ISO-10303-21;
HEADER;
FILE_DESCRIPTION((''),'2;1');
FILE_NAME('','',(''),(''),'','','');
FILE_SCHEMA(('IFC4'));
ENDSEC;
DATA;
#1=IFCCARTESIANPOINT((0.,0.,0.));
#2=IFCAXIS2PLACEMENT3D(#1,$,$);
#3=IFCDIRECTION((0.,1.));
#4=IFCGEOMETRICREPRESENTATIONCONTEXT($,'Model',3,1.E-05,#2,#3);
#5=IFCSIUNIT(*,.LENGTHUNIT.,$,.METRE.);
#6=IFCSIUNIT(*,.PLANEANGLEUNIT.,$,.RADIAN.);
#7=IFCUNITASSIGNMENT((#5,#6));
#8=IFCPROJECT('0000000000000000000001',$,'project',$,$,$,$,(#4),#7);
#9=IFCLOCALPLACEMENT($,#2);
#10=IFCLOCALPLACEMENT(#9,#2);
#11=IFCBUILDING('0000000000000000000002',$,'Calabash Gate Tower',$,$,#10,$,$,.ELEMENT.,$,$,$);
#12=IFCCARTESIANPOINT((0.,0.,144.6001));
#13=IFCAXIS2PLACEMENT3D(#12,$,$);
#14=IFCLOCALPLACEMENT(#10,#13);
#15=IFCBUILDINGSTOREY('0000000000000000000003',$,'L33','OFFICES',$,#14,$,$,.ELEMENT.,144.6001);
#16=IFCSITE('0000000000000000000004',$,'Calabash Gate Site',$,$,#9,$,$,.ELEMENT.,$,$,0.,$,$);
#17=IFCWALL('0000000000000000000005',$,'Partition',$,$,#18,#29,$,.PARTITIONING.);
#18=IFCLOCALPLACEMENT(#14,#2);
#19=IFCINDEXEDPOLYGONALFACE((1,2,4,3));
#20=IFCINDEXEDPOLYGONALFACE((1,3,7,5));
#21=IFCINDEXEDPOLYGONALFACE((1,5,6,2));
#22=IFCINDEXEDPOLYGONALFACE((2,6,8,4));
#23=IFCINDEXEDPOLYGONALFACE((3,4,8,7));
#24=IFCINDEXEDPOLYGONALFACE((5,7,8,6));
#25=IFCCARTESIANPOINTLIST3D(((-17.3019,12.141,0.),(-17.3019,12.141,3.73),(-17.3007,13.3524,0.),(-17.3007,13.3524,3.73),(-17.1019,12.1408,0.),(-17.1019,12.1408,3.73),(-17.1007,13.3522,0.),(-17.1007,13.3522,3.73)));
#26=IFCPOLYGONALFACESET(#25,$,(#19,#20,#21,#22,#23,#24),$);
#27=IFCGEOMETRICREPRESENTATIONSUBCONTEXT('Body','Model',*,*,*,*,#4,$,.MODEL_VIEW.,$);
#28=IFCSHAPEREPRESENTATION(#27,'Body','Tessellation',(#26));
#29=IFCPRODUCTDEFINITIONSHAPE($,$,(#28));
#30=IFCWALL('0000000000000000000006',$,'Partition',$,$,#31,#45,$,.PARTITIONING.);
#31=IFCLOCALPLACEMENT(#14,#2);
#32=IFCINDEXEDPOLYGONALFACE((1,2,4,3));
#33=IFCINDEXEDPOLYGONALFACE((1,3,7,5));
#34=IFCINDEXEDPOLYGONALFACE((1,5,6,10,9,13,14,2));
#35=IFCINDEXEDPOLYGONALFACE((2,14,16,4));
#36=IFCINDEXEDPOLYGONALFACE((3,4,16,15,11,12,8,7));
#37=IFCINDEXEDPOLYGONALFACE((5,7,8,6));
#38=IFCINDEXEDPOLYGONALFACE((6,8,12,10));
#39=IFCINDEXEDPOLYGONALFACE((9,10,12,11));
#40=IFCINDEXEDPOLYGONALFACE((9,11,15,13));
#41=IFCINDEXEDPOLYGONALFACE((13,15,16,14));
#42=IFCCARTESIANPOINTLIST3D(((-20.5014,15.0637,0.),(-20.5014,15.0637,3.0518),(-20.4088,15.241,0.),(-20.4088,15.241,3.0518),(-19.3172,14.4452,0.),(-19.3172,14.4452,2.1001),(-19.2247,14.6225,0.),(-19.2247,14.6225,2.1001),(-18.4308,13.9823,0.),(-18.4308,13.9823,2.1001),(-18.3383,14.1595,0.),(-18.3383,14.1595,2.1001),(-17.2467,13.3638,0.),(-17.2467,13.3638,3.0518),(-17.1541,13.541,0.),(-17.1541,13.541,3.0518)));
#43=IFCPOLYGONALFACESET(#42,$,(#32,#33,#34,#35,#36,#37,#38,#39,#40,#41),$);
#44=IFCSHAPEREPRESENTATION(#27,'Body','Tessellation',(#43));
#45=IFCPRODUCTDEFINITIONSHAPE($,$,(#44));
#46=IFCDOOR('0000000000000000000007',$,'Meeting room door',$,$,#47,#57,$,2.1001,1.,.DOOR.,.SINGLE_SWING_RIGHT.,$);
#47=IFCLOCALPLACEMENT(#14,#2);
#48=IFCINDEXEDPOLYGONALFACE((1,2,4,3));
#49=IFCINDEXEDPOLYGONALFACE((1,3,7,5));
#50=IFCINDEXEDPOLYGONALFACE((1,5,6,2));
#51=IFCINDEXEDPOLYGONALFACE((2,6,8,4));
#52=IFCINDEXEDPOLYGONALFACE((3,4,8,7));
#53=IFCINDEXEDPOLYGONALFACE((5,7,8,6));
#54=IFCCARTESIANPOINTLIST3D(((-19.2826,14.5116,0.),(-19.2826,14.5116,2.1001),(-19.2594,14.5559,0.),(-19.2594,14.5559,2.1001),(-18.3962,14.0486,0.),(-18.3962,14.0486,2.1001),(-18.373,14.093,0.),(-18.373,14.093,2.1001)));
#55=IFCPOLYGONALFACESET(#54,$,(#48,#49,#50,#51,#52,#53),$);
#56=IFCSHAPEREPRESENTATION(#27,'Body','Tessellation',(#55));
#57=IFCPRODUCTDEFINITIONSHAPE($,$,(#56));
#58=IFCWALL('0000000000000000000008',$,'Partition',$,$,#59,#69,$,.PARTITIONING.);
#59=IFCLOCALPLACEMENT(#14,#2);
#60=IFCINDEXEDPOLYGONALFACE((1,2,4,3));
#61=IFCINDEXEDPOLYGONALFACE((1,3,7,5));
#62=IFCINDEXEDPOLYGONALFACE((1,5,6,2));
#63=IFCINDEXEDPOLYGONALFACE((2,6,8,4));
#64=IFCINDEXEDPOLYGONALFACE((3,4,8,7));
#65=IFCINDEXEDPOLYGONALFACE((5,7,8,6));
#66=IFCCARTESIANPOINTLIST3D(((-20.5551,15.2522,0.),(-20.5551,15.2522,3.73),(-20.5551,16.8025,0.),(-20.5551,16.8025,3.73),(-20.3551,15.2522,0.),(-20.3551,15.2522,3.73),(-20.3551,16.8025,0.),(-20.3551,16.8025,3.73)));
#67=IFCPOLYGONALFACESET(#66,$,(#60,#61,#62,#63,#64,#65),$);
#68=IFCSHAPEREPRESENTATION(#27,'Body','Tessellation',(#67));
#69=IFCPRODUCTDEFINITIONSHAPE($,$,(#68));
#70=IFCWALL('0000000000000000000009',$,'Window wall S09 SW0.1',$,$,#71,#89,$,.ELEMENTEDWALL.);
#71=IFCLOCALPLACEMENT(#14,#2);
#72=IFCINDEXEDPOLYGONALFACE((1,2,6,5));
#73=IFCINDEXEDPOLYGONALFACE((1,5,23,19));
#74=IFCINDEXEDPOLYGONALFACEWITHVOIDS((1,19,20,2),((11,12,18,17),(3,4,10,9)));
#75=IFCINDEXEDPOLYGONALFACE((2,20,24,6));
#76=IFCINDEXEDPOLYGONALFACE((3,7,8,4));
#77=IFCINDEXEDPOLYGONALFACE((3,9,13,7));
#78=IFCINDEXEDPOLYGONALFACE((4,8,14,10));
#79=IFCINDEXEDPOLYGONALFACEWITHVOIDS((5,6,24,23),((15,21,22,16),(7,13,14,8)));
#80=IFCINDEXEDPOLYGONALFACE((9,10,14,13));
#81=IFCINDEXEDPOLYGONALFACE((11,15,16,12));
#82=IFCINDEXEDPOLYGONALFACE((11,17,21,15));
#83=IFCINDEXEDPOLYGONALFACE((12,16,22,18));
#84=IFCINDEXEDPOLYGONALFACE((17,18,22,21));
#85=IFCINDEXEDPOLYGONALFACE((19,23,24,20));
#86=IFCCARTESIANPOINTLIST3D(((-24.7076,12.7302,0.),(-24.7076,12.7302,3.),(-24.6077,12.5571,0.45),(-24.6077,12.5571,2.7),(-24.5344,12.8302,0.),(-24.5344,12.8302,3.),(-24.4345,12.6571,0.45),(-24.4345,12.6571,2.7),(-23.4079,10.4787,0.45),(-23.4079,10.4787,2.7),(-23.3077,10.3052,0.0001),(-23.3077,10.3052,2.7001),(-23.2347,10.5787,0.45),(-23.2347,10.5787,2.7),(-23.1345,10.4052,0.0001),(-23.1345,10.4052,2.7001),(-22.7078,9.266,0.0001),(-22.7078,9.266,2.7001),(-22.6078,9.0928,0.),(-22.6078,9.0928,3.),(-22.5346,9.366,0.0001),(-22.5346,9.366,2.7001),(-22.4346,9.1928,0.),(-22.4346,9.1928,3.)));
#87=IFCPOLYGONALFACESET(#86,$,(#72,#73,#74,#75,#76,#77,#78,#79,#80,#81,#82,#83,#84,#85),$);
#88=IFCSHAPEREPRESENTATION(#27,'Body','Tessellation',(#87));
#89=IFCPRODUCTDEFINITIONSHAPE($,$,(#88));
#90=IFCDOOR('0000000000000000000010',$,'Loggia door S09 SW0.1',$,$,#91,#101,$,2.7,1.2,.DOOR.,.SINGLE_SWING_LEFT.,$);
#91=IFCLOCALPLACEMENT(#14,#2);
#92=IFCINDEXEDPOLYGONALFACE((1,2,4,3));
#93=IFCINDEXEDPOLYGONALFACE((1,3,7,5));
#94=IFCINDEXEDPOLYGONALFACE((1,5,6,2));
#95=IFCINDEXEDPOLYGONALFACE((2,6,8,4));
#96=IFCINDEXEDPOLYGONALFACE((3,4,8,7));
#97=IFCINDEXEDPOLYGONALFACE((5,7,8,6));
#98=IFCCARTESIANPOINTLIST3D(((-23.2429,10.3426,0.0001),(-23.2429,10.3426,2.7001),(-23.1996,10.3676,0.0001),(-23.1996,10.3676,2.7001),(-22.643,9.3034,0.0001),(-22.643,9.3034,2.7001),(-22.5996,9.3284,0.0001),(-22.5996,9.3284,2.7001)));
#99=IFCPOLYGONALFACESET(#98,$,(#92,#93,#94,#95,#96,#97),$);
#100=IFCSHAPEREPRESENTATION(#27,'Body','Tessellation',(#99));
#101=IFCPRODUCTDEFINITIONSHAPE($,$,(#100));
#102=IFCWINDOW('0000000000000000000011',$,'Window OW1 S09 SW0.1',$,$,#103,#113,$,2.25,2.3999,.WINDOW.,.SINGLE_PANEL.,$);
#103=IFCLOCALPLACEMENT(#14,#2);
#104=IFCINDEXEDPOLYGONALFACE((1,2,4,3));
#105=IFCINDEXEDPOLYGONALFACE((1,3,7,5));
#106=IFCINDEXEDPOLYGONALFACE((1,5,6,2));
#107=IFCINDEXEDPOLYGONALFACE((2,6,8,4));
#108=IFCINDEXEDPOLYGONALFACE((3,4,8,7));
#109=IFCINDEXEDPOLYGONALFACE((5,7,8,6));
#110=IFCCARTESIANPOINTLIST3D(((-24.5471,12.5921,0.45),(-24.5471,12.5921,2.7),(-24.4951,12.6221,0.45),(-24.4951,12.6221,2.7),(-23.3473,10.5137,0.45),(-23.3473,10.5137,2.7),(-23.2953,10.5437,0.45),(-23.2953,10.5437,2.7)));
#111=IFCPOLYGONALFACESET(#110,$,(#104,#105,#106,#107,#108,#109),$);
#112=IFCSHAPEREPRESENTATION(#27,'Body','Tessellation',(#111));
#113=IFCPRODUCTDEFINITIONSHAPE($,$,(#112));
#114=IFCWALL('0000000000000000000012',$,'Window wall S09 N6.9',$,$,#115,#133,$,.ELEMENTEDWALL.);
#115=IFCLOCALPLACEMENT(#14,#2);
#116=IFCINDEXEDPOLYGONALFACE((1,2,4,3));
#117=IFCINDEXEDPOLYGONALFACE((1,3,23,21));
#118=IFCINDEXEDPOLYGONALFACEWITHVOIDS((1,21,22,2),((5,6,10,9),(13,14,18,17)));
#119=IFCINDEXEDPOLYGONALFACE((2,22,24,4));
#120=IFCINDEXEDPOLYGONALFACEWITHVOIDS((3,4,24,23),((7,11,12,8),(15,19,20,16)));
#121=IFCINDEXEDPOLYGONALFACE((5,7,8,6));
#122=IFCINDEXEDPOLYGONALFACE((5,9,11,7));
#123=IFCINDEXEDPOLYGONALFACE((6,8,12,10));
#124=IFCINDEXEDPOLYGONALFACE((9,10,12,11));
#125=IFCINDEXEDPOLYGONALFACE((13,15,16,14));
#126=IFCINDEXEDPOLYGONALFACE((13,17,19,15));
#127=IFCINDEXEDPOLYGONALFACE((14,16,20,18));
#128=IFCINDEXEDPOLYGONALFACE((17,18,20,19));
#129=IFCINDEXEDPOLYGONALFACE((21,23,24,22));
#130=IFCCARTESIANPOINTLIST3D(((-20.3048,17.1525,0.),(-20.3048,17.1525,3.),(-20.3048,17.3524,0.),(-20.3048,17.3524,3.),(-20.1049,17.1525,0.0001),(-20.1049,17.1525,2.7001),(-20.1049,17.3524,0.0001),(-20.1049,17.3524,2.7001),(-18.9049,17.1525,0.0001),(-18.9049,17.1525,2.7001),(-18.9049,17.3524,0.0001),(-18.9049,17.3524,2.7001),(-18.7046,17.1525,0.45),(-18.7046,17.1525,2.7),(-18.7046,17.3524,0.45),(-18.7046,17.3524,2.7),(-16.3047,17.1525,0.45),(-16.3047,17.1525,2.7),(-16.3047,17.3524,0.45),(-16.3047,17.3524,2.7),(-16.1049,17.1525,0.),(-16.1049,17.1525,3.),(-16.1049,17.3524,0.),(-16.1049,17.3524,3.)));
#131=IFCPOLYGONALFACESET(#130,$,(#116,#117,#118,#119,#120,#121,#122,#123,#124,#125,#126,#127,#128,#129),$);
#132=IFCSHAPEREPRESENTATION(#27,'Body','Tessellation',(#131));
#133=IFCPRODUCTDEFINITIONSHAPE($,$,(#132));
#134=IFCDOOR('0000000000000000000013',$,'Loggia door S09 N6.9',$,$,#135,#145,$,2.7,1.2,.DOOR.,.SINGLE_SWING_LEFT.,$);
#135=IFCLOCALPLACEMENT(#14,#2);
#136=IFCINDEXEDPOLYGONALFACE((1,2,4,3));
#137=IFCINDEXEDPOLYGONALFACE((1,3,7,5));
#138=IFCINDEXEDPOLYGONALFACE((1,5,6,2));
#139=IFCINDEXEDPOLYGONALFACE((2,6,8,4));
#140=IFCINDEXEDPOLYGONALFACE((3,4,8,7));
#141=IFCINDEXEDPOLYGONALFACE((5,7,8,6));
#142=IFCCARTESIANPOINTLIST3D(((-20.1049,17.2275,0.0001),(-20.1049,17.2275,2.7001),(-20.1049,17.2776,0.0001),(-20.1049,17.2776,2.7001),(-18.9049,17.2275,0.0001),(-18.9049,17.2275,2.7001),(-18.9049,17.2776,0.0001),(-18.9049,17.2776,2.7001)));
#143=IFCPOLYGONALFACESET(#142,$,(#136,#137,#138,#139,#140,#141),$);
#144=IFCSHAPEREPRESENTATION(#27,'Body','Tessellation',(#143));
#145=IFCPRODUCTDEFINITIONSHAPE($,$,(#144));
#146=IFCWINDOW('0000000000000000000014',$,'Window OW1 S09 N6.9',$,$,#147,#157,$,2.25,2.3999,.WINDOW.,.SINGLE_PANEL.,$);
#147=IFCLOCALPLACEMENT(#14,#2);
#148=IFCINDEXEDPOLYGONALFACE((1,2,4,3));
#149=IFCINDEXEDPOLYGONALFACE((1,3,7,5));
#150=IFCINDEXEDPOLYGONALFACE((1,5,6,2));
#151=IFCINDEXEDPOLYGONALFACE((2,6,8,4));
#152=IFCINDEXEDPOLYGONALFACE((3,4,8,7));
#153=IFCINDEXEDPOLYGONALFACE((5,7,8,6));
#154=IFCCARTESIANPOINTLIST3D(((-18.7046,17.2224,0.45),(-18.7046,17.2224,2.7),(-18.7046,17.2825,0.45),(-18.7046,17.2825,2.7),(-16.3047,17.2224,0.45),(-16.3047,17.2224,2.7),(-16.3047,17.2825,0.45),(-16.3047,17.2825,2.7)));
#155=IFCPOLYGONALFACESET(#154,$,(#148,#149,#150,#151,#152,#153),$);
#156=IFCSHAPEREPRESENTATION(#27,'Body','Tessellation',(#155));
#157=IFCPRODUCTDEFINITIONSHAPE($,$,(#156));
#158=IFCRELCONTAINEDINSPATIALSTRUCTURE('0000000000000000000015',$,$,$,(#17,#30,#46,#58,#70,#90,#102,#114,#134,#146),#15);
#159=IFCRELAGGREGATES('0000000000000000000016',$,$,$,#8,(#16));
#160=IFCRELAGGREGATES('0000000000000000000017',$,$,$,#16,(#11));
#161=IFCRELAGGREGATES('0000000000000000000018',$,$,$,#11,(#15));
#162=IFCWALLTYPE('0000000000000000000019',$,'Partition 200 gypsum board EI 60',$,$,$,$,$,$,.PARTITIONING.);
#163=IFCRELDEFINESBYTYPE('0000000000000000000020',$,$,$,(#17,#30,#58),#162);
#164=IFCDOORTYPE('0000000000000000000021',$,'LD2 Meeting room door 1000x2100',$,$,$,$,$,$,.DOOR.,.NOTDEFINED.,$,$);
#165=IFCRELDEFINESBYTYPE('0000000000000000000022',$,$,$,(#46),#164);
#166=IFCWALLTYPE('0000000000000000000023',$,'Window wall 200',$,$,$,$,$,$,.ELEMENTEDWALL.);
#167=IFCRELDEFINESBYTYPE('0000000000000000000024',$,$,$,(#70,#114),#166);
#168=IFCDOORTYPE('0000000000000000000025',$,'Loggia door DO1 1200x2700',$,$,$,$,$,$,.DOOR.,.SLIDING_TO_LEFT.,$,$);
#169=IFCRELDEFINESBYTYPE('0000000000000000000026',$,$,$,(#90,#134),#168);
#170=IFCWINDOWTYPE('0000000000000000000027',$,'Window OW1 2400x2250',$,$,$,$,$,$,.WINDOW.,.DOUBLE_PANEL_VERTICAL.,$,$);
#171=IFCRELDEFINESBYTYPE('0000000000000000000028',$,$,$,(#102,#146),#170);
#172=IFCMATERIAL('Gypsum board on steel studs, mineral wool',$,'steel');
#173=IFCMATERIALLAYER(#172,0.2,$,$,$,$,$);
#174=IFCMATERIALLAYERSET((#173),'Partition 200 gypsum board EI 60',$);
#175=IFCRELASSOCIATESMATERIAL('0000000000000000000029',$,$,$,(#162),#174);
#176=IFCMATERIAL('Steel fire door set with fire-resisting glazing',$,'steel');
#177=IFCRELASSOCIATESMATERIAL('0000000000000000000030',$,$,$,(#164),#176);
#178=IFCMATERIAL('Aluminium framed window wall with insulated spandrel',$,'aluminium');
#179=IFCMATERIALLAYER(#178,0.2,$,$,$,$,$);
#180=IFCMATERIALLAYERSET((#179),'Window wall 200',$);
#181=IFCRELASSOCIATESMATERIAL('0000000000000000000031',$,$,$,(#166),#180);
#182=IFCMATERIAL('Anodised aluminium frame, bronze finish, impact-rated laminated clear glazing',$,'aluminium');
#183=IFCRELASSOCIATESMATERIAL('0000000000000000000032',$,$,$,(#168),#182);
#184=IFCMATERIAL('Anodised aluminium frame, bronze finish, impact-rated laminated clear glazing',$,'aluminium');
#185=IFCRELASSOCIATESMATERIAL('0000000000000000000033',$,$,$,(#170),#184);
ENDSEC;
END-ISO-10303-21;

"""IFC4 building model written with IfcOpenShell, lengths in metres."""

from ifc_helpers import new_model, si_unit, direction, frame, frame_2d, origin, place, context, subcontext, project, spatial, rectangle, extrude, material, layer, layer_set, type_object, element, fill, save


model = new_model("IFC4")

# Units and contexts
model_context = context("Model", 3, precision=1e-05, world=origin(), true_north=direction((0.0, 1.0)))
body_context = subcontext(model_context, "Body", "Model", "MODEL_VIEW")
ifc_project = project(units=[si_unit("LENGTHUNIT", "METRE"), si_unit("PLANEANGLEUNIT", "RADIAN")], contexts=[model_context])

# Site, building, storey
site_placement = place(None, origin())
site = spatial("IfcSite", under=ifc_project, at=site_placement, Name="Calabash Gate Site", CompositionType="ELEMENT", RefElevation=0.0)
building_placement = place(site_placement, origin())
building = spatial("IfcBuilding", under=site, at=building_placement, Name="Calabash Gate Tower", CompositionType="ELEMENT")
storey_placement = place(building_placement, frame((0.0, 0.0, 144.6001)))
storey = spatial("IfcBuildingStorey", under=building, at=storey_placement, Name="L33", Description="OFFICES", CompositionType="ELEMENT", Elevation=144.6001)

# Wall
ifc_material_1 = material(Name="Gypsum board on steel studs, mineral wool", Category="steel")
ifc_layer_1 = layer(ifc_material_1, 0.2)
ifc_layer_set_1 = layer_set([ifc_layer_1], Name="Partition 200 gypsum board EI 60")
wall_type_1 = type_object("IfcWallType", Name="Partition 200 gypsum board EI 60", PredefinedType="PARTITIONING", material=ifc_layer_set_1)
wall_1_placement = place(storey_placement, frame((-17.2019, 12.1409, 0.0), z_axis=(0.0, 0.0, 1.0), x_axis=(0.001008, 0.999999, 0.0)))
element("IfcWall", 1, at=wall_1_placement, inside=storey, type_object=wall_type_1, Name="Partition", PredefinedType="PARTITIONING", context=body_context, shape_type="SweptSolid", body=[
    extrude(rectangle(XDim=1.2114, YDim=0.2, at=frame_2d((0.6057, 0.0))), origin(), (0.0, 0.0, 1.0), 3.73),
])

# Wall, opening, door
wall_2_placement = place(storey_placement, frame((-20.4551, 15.1523, 0.0), z_axis=(0.0, 0.0, 1.0), x_axis=(0.886375, -0.462968, 0.0)))
wall_2 = element("IfcWall", 2, at=wall_2_placement, inside=storey, type_object=wall_type_1, Name="Partition", PredefinedType="PARTITIONING", context=body_context, shape_type="SweptSolid", body=[
    extrude(rectangle(XDim=3.6719, YDim=0.2, at=frame_2d((1.8359, 0.0))), origin(), (0.0, 0.0, 1.0), 3.0518),
])
opening_1_placement = place(wall_2_placement, frame((1.3359, 0.0, 0.0)))
opening_1 = element("IfcOpeningElement", 3, at=opening_1_placement, cuts=wall_2, PredefinedType="OPENING", context=body_context, shape_type="SweptSolid", body=[
    extrude(rectangle(XDim=1.0, YDim=2.1001, at=frame_2d((0.5, 1.05))), frame((0.0, 0.1099, 0.0), z_axis=(0.0, -1.0, 0.0), x_axis=(1.0, 0.0, 0.0)), (0.0, 0.0, 1.0), 0.22),
])
ifc_material_2 = material(Name="Steel fire door set with fire-resisting glazing", Category="steel")
door_type_1 = type_object("IfcDoorType", Name="LD2 Meeting room door 1000x2100", OperationType="NOTDEFINED", PredefinedType="DOOR", material=ifc_material_2)
door_1_placement = place(opening_1_placement, origin())
door_1 = element("IfcDoor", 4, at=door_1_placement, inside=storey, type_object=door_type_1, Name="Meeting room door", OperationType="SINGLE_SWING_RIGHT", OverallHeight=2.1001, OverallWidth=1.0, PredefinedType="DOOR", context=body_context, shape_type="SweptSolid", body=[
    extrude(rectangle(XDim=1.0, YDim=2.1001, at=frame_2d((0.5, 1.05))), frame((0.0, 0.0249, 0.0), z_axis=(0.0, -1.0, 0.0), x_axis=(1.0, 0.0, 0.0)), (0.0, 0.0, 1.0), 0.05),
])
fill(opening_1, door_1)

# Wall
wall_3_placement = place(storey_placement, frame((-20.4551, 16.8025, 0.0), z_axis=(0.0, 0.0, 1.0), x_axis=(0.0, -1.0, 0.0)))
element("IfcWall", 5, at=wall_3_placement, inside=storey, type_object=wall_type_1, Name="Partition", PredefinedType="PARTITIONING", context=body_context, shape_type="SweptSolid", body=[
    extrude(rectangle(XDim=1.5503, YDim=0.2, at=frame_2d((0.7751, 0.0))), origin(), (0.0, 0.0, 1.0), 3.73),
])

# Walls, openings, doors, windows
ifc_material_3 = material(Name="Aluminium framed window wall with insulated spandrel", Category="aluminium")
ifc_layer_2 = layer(ifc_material_3, 0.2)
ifc_layer_set_2 = layer_set([ifc_layer_2], Name="Window wall 200")
wall_type_2 = type_object("IfcWallType", Name="Window wall 200", PredefinedType="ELEMENTEDWALL", material=ifc_layer_set_2)
wall_4_placement = place(storey_placement, frame((-24.6211, 12.7803, 0.0), z_axis=(0.0, 0.0, 1.0), x_axis=(0.499959, -0.866049, 0.0)))
wall_4 = element("IfcWall", 6, at=wall_4_placement, inside=storey, type_object=wall_type_2, Name="Window wall S09 SW0.1", PredefinedType="ELEMENTEDWALL", context=body_context, shape_type="SweptSolid", body=[
    extrude(rectangle(XDim=4.2, YDim=0.2, at=frame_2d((2.1001, 0.0))), origin(), (0.0, 0.0, 1.0), 3.0),
])
opening_2_placement = place(wall_4_placement, frame((0.2, 0.0, 0.45)))
opening_2 = element("IfcOpeningElement", 7, at=opening_2_placement, cuts=wall_4, PredefinedType="OPENING", context=body_context, shape_type="SweptSolid", body=[
    extrude(rectangle(XDim=2.3999, YDim=2.25, at=frame_2d((1.2, 1.125))), frame((0.0, 0.1099, 0.0), z_axis=(0.0, -1.0, 0.0), x_axis=(1.0, 0.0, 0.0)), (0.0, 0.0, 1.0), 0.22),
])
opening_3_placement = place(wall_4_placement, frame((2.8, 0.0, 0.0)))
opening_3 = element("IfcOpeningElement", 8, at=opening_3_placement, cuts=wall_4, PredefinedType="OPENING", context=body_context, shape_type="SweptSolid", body=[
    extrude(rectangle(XDim=1.2, YDim=2.7, at=frame_2d((0.6001, 1.3501))), frame((0.0, 0.1099, 0.0), z_axis=(0.0, -1.0, 0.0), x_axis=(1.0, 0.0, 0.0)), (0.0, 0.0, 1.0), 0.22),
])
ifc_material_4 = material(Name="Anodised aluminium frame, bronze finish, impact-rated laminated clear glazing", Category="aluminium")
door_type_2 = type_object("IfcDoorType", Name="Loggia door DO1 1200x2700", OperationType="SLIDING_TO_LEFT", PredefinedType="DOOR", material=ifc_material_4)
door_2_placement = place(opening_3_placement, origin())
door_2 = element("IfcDoor", 9, at=door_2_placement, inside=storey, type_object=door_type_2, Name="Loggia door S09 SW0.1", OperationType="SINGLE_SWING_LEFT", OverallHeight=2.7, OverallWidth=1.2, PredefinedType="DOOR", context=body_context, shape_type="SweptSolid", body=[
    extrude(rectangle(XDim=1.2, YDim=2.7, at=frame_2d((0.6001, 1.3501))), frame((0.0, 0.0249, 0.0), z_axis=(0.0, -1.0, 0.0), x_axis=(1.0, 0.0, 0.0)), (0.0, 0.0, 1.0), 0.05),
])
fill(opening_3, door_2)
ifc_material_5 = material(Name="Anodised aluminium frame, bronze finish, impact-rated laminated clear glazing", Category="aluminium")
window_type = type_object("IfcWindowType", Name="Window OW1 2400x2250", PartitioningType="DOUBLE_PANEL_VERTICAL", PredefinedType="WINDOW", material=ifc_material_5)
window_1_placement = place(opening_2_placement, origin())
window_1 = element("IfcWindow", 10, at=window_1_placement, inside=storey, type_object=window_type, Name="Window OW1 S09 SW0.1", OverallHeight=2.25, OverallWidth=2.3999, PartitioningType="SINGLE_PANEL", PredefinedType="WINDOW", context=body_context, shape_type="SweptSolid", body=[
    extrude(rectangle(XDim=2.3999, YDim=2.25, at=frame_2d((1.2, 1.125))), frame((0.0, 0.03, 0.0), z_axis=(0.0, -1.0, 0.0), x_axis=(1.0, 0.0, 0.0)), (0.0, 0.0, 1.0), 0.0601),
])
fill(opening_2, window_1)
wall_5_placement = place(storey_placement, frame((-16.1047, 17.2524, 0.0), z_axis=(0.0, 0.0, 1.0), x_axis=(-1.0, 0.0, 0.0)))
wall_5 = element("IfcWall", 11, at=wall_5_placement, inside=storey, type_object=wall_type_2, Name="Window wall S09 N6.9", PredefinedType="ELEMENTEDWALL", context=body_context, shape_type="SweptSolid", body=[
    extrude(rectangle(XDim=4.2, YDim=0.2, at=frame_2d((2.1001, 0.0))), origin(), (0.0, 0.0, 1.0), 3.0),
])
opening_4_placement = place(wall_5_placement, frame((0.2, 0.0, 0.45)))
opening_4 = element("IfcOpeningElement", 12, at=opening_4_placement, cuts=wall_5, PredefinedType="OPENING", context=body_context, shape_type="SweptSolid", body=[
    extrude(rectangle(XDim=2.3999, YDim=2.25, at=frame_2d((1.2, 1.125))), frame((0.0, 0.1099, 0.0), z_axis=(0.0, -1.0, 0.0), x_axis=(1.0, 0.0, 0.0)), (0.0, 0.0, 1.0), 0.22),
])
opening_5_placement = place(wall_5_placement, frame((2.8, 0.0, 0.0)))
opening_5 = element("IfcOpeningElement", 13, at=opening_5_placement, cuts=wall_5, PredefinedType="OPENING", context=body_context, shape_type="SweptSolid", body=[
    extrude(rectangle(XDim=1.2, YDim=2.7, at=frame_2d((0.6001, 1.3501))), frame((0.0, 0.1099, 0.0), z_axis=(0.0, -1.0, 0.0), x_axis=(1.0, 0.0, 0.0)), (0.0, 0.0, 1.0), 0.22),
])
door_3_placement = place(opening_5_placement, origin())
door_3 = element("IfcDoor", 14, at=door_3_placement, inside=storey, type_object=door_type_2, Name="Loggia door S09 N6.9", OperationType="SINGLE_SWING_LEFT", OverallHeight=2.7, OverallWidth=1.2, PredefinedType="DOOR", context=body_context, shape_type="SweptSolid", body=[
    extrude(rectangle(XDim=1.2, YDim=2.7, at=frame_2d((0.6001, 1.3501))), frame((0.0, 0.0249, 0.0), z_axis=(0.0, -1.0, 0.0), x_axis=(1.0, 0.0, 0.0)), (0.0, 0.0, 1.0), 0.05),
])
fill(opening_5, door_3)
window_2_placement = place(opening_4_placement, origin())
window_2 = element("IfcWindow", 15, at=window_2_placement, inside=storey, type_object=window_type, Name="Window OW1 S09 N6.9", OverallHeight=2.25, OverallWidth=2.3999, PartitioningType="SINGLE_PANEL", PredefinedType="WINDOW", context=body_context, shape_type="SweptSolid", body=[
    extrude(rectangle(XDim=2.3999, YDim=2.25, at=frame_2d((1.2, 1.125))), frame((0.0, 0.03, 0.0), z_axis=(0.0, -1.0, 0.0), x_axis=(1.0, 0.0, 0.0)), (0.0, 0.0, 1.0), 0.0601),
])
fill(opening_4, window_2)

save(model, "model.ifc")
